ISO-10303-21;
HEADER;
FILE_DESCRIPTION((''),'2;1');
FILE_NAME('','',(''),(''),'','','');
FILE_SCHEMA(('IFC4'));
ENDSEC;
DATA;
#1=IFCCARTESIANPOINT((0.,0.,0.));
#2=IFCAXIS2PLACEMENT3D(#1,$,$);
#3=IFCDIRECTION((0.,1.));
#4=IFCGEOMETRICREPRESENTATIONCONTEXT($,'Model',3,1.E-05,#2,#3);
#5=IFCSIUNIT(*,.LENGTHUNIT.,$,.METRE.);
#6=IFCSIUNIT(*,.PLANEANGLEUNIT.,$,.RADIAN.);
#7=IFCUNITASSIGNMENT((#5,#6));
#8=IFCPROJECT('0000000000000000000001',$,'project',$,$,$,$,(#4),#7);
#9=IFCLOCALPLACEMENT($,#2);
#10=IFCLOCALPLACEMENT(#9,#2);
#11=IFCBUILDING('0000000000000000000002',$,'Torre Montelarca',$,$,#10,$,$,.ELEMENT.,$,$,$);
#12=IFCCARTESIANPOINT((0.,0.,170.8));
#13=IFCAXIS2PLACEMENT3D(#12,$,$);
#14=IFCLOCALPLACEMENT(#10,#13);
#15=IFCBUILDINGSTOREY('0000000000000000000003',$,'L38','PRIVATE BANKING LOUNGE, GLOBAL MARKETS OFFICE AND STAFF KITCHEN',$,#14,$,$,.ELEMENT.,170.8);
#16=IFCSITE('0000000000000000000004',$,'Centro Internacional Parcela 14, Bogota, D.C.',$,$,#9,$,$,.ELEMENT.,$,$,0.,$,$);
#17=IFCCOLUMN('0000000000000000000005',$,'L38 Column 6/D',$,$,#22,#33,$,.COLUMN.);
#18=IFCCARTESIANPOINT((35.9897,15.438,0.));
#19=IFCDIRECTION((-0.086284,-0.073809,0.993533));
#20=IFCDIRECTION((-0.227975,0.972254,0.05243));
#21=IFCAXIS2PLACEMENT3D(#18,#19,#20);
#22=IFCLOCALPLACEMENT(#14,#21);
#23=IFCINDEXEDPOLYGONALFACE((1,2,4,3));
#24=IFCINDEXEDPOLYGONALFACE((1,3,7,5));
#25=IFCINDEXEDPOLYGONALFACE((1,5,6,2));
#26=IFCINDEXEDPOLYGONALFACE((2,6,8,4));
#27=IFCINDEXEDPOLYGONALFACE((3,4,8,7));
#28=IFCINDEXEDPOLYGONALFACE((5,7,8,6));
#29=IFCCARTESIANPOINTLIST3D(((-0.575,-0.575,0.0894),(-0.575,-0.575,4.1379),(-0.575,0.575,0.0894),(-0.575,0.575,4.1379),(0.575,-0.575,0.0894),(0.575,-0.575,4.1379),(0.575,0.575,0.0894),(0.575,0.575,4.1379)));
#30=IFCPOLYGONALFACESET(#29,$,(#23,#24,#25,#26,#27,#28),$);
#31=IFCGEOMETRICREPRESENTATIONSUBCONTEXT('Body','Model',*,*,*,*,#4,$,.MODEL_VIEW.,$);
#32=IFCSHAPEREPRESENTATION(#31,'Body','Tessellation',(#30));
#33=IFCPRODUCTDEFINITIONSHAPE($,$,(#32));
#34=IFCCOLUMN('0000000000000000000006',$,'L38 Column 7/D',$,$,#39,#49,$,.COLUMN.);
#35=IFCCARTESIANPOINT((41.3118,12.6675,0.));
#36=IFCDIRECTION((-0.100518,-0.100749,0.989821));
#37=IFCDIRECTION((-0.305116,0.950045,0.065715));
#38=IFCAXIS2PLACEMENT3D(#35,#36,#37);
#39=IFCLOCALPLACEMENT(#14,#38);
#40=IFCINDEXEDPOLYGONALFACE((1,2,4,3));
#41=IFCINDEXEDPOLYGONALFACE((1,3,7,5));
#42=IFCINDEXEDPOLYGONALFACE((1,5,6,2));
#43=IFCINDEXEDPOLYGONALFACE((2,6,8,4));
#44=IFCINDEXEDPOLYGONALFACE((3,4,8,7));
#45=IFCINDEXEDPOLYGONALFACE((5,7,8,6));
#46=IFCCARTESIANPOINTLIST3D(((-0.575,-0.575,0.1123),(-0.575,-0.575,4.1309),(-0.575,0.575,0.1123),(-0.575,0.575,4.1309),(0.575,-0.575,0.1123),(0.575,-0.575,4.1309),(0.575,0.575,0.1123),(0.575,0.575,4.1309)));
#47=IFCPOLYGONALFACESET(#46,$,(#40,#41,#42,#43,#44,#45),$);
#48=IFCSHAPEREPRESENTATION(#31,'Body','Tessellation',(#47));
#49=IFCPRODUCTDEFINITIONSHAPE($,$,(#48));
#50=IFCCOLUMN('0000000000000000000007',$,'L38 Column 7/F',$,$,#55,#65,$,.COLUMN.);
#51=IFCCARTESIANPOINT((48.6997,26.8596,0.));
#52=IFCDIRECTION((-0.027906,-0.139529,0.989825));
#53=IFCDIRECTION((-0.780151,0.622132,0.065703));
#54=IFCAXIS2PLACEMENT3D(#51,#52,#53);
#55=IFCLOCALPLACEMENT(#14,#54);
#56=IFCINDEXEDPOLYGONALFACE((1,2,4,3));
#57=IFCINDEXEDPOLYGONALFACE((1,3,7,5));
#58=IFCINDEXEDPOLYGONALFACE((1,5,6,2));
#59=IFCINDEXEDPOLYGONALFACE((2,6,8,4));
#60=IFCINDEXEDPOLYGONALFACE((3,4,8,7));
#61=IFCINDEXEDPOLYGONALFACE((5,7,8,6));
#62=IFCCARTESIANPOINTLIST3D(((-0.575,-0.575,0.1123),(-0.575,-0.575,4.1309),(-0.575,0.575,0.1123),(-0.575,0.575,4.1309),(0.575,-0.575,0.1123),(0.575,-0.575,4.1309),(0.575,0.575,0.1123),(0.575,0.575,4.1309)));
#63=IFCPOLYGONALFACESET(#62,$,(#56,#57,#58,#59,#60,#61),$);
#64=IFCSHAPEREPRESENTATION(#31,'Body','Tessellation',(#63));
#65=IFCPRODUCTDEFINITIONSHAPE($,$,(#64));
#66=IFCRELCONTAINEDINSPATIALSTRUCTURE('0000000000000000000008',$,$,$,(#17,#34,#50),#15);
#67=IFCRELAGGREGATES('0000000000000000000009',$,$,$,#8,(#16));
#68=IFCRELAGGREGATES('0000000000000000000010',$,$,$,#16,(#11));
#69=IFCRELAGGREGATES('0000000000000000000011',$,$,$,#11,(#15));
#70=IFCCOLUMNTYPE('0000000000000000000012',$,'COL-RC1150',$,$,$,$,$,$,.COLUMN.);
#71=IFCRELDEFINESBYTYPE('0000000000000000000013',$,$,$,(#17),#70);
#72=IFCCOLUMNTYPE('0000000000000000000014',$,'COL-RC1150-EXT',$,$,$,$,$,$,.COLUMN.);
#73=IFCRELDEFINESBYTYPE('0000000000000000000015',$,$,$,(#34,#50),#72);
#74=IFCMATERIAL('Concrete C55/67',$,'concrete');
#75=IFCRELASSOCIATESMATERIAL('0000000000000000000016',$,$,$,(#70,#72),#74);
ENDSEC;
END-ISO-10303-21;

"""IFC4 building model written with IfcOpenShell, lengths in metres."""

from ifc_helpers import new_model, si_unit, direction, frame, origin, origin_2d, place, context, subcontext, project, spatial, rectangle, extrude, clip, halfspace, material, material_profile, profile_set, type_object, element, save


model = new_model("IFC4")

# Units and contexts
model_context = context("Model", 3, precision=1e-05, world=origin(), true_north=direction((0.0, 1.0)))
body_context = subcontext(model_context, "Body", "Model", "MODEL_VIEW")
ifc_project = project(units=[si_unit("LENGTHUNIT", "METRE"), si_unit("PLANEANGLEUNIT", "RADIAN")], contexts=[model_context])

# Site, building, storey
site_placement = place(None, origin())
site = spatial("IfcSite", under=ifc_project, at=site_placement, Name="Centro Internacional Parcela 14, Bogota, D.C.", CompositionType="ELEMENT", RefElevation=0.0)
building_placement = place(site_placement, origin())
building = spatial("IfcBuilding", under=site, at=building_placement, Name="Torre Montelarca", CompositionType="ELEMENT")
storey_placement = place(building_placement, frame((0.0, 0.0, 170.8)))
storey = spatial("IfcBuildingStorey", under=building, at=storey_placement, Name="L38", Description="PRIVATE BANKING LOUNGE, GLOBAL MARKETS OFFICE AND STAFF KITCHEN", CompositionType="ELEMENT", Elevation=170.8)

# Columns
ifc_material_1 = material(Name="Concrete C55/67", Category="concrete")
ifc_material_profile_1 = material_profile(ifc_material_1, rectangle(XDim=1.1499, YDim=1.1499, at=origin_2d()), Name="RC1150X1150", Category="concrete")
ifc_profile_set_1 = profile_set([ifc_material_profile_1], Name="Concrete C55/67")
column_type_1 = type_object("IfcColumnType", Name="COL-RC1150", PredefinedType="COLUMN", material=ifc_profile_set_1)
column_1_placement = place(storey_placement, frame((35.9897, 15.438, 0.0), z_axis=(-0.086284, -0.073809, 0.993533), x_axis=(-0.227975, 0.972254, 0.05243)))
element("IfcColumn", 1, at=column_1_placement, inside=storey, type_object=column_type_1, Name="L38 Column 6/D", PredefinedType="COLUMN", context=body_context, shape_type="Clipping", body=[
    clip(clip(extrude(rectangle(XDim=1.1499, YDim=1.1499, at=origin_2d()), origin(), (0.0, 0.0, 1.0), 4.2273), halfspace(frame((0.0, 0.0, 0.0894), z_axis=(0.0, 0.0, -1.0), x_axis=(1.0, 0.0, 0.0)), False)), halfspace(frame((0.0, 0.0, 4.1379), z_axis=(0.0, 0.0, 1.0), x_axis=(1.0, 0.0, 0.0)), False)),
])
ifc_material_profile_2 = material_profile(ifc_material_1, rectangle(XDim=1.1499, YDim=1.1499, at=origin_2d()), Name="RC1150X1150", Category="concrete")
ifc_profile_set_2 = profile_set([ifc_material_profile_2], Name="Concrete C55/67")
column_type_2 = type_object("IfcColumnType", Name="COL-RC1150-EXT", PredefinedType="COLUMN", material=ifc_profile_set_2)
for number, where, z_axis, x_axis, name in (
    (2, (41.3118, 12.6675, 0.0), (-0.100518, -0.100749, 0.989821), (-0.305116, 0.950045, 0.065715), "L38 Column 7/D"),
    (3, (48.6997, 26.8596, 0.0), (-0.027906, -0.139529, 0.989825), (-0.780151, 0.622132, 0.065703), "L38 Column 7/F"),
):
    element("IfcColumn", number, at=place(storey_placement, frame(where, z_axis=z_axis, x_axis=x_axis)), inside=storey, type_object=column_type_2, Name=name, PredefinedType="COLUMN", context=body_context, shape_type="Clipping", body=[
        clip(clip(extrude(rectangle(XDim=1.1499, YDim=1.1499, at=origin_2d()), origin(), (0.0, 0.0, 1.0), 4.2432), halfspace(frame((0.0, 0.0, 0.1123), z_axis=(0.0, 0.0, -1.0), x_axis=(1.0, 0.0, 0.0)), False)), halfspace(frame((0.0, 0.0, 4.1309), z_axis=(0.0, 0.0, 1.0), x_axis=(1.0, 0.0, 0.0)), False)),
    ])

save(model, "model.ifc")
